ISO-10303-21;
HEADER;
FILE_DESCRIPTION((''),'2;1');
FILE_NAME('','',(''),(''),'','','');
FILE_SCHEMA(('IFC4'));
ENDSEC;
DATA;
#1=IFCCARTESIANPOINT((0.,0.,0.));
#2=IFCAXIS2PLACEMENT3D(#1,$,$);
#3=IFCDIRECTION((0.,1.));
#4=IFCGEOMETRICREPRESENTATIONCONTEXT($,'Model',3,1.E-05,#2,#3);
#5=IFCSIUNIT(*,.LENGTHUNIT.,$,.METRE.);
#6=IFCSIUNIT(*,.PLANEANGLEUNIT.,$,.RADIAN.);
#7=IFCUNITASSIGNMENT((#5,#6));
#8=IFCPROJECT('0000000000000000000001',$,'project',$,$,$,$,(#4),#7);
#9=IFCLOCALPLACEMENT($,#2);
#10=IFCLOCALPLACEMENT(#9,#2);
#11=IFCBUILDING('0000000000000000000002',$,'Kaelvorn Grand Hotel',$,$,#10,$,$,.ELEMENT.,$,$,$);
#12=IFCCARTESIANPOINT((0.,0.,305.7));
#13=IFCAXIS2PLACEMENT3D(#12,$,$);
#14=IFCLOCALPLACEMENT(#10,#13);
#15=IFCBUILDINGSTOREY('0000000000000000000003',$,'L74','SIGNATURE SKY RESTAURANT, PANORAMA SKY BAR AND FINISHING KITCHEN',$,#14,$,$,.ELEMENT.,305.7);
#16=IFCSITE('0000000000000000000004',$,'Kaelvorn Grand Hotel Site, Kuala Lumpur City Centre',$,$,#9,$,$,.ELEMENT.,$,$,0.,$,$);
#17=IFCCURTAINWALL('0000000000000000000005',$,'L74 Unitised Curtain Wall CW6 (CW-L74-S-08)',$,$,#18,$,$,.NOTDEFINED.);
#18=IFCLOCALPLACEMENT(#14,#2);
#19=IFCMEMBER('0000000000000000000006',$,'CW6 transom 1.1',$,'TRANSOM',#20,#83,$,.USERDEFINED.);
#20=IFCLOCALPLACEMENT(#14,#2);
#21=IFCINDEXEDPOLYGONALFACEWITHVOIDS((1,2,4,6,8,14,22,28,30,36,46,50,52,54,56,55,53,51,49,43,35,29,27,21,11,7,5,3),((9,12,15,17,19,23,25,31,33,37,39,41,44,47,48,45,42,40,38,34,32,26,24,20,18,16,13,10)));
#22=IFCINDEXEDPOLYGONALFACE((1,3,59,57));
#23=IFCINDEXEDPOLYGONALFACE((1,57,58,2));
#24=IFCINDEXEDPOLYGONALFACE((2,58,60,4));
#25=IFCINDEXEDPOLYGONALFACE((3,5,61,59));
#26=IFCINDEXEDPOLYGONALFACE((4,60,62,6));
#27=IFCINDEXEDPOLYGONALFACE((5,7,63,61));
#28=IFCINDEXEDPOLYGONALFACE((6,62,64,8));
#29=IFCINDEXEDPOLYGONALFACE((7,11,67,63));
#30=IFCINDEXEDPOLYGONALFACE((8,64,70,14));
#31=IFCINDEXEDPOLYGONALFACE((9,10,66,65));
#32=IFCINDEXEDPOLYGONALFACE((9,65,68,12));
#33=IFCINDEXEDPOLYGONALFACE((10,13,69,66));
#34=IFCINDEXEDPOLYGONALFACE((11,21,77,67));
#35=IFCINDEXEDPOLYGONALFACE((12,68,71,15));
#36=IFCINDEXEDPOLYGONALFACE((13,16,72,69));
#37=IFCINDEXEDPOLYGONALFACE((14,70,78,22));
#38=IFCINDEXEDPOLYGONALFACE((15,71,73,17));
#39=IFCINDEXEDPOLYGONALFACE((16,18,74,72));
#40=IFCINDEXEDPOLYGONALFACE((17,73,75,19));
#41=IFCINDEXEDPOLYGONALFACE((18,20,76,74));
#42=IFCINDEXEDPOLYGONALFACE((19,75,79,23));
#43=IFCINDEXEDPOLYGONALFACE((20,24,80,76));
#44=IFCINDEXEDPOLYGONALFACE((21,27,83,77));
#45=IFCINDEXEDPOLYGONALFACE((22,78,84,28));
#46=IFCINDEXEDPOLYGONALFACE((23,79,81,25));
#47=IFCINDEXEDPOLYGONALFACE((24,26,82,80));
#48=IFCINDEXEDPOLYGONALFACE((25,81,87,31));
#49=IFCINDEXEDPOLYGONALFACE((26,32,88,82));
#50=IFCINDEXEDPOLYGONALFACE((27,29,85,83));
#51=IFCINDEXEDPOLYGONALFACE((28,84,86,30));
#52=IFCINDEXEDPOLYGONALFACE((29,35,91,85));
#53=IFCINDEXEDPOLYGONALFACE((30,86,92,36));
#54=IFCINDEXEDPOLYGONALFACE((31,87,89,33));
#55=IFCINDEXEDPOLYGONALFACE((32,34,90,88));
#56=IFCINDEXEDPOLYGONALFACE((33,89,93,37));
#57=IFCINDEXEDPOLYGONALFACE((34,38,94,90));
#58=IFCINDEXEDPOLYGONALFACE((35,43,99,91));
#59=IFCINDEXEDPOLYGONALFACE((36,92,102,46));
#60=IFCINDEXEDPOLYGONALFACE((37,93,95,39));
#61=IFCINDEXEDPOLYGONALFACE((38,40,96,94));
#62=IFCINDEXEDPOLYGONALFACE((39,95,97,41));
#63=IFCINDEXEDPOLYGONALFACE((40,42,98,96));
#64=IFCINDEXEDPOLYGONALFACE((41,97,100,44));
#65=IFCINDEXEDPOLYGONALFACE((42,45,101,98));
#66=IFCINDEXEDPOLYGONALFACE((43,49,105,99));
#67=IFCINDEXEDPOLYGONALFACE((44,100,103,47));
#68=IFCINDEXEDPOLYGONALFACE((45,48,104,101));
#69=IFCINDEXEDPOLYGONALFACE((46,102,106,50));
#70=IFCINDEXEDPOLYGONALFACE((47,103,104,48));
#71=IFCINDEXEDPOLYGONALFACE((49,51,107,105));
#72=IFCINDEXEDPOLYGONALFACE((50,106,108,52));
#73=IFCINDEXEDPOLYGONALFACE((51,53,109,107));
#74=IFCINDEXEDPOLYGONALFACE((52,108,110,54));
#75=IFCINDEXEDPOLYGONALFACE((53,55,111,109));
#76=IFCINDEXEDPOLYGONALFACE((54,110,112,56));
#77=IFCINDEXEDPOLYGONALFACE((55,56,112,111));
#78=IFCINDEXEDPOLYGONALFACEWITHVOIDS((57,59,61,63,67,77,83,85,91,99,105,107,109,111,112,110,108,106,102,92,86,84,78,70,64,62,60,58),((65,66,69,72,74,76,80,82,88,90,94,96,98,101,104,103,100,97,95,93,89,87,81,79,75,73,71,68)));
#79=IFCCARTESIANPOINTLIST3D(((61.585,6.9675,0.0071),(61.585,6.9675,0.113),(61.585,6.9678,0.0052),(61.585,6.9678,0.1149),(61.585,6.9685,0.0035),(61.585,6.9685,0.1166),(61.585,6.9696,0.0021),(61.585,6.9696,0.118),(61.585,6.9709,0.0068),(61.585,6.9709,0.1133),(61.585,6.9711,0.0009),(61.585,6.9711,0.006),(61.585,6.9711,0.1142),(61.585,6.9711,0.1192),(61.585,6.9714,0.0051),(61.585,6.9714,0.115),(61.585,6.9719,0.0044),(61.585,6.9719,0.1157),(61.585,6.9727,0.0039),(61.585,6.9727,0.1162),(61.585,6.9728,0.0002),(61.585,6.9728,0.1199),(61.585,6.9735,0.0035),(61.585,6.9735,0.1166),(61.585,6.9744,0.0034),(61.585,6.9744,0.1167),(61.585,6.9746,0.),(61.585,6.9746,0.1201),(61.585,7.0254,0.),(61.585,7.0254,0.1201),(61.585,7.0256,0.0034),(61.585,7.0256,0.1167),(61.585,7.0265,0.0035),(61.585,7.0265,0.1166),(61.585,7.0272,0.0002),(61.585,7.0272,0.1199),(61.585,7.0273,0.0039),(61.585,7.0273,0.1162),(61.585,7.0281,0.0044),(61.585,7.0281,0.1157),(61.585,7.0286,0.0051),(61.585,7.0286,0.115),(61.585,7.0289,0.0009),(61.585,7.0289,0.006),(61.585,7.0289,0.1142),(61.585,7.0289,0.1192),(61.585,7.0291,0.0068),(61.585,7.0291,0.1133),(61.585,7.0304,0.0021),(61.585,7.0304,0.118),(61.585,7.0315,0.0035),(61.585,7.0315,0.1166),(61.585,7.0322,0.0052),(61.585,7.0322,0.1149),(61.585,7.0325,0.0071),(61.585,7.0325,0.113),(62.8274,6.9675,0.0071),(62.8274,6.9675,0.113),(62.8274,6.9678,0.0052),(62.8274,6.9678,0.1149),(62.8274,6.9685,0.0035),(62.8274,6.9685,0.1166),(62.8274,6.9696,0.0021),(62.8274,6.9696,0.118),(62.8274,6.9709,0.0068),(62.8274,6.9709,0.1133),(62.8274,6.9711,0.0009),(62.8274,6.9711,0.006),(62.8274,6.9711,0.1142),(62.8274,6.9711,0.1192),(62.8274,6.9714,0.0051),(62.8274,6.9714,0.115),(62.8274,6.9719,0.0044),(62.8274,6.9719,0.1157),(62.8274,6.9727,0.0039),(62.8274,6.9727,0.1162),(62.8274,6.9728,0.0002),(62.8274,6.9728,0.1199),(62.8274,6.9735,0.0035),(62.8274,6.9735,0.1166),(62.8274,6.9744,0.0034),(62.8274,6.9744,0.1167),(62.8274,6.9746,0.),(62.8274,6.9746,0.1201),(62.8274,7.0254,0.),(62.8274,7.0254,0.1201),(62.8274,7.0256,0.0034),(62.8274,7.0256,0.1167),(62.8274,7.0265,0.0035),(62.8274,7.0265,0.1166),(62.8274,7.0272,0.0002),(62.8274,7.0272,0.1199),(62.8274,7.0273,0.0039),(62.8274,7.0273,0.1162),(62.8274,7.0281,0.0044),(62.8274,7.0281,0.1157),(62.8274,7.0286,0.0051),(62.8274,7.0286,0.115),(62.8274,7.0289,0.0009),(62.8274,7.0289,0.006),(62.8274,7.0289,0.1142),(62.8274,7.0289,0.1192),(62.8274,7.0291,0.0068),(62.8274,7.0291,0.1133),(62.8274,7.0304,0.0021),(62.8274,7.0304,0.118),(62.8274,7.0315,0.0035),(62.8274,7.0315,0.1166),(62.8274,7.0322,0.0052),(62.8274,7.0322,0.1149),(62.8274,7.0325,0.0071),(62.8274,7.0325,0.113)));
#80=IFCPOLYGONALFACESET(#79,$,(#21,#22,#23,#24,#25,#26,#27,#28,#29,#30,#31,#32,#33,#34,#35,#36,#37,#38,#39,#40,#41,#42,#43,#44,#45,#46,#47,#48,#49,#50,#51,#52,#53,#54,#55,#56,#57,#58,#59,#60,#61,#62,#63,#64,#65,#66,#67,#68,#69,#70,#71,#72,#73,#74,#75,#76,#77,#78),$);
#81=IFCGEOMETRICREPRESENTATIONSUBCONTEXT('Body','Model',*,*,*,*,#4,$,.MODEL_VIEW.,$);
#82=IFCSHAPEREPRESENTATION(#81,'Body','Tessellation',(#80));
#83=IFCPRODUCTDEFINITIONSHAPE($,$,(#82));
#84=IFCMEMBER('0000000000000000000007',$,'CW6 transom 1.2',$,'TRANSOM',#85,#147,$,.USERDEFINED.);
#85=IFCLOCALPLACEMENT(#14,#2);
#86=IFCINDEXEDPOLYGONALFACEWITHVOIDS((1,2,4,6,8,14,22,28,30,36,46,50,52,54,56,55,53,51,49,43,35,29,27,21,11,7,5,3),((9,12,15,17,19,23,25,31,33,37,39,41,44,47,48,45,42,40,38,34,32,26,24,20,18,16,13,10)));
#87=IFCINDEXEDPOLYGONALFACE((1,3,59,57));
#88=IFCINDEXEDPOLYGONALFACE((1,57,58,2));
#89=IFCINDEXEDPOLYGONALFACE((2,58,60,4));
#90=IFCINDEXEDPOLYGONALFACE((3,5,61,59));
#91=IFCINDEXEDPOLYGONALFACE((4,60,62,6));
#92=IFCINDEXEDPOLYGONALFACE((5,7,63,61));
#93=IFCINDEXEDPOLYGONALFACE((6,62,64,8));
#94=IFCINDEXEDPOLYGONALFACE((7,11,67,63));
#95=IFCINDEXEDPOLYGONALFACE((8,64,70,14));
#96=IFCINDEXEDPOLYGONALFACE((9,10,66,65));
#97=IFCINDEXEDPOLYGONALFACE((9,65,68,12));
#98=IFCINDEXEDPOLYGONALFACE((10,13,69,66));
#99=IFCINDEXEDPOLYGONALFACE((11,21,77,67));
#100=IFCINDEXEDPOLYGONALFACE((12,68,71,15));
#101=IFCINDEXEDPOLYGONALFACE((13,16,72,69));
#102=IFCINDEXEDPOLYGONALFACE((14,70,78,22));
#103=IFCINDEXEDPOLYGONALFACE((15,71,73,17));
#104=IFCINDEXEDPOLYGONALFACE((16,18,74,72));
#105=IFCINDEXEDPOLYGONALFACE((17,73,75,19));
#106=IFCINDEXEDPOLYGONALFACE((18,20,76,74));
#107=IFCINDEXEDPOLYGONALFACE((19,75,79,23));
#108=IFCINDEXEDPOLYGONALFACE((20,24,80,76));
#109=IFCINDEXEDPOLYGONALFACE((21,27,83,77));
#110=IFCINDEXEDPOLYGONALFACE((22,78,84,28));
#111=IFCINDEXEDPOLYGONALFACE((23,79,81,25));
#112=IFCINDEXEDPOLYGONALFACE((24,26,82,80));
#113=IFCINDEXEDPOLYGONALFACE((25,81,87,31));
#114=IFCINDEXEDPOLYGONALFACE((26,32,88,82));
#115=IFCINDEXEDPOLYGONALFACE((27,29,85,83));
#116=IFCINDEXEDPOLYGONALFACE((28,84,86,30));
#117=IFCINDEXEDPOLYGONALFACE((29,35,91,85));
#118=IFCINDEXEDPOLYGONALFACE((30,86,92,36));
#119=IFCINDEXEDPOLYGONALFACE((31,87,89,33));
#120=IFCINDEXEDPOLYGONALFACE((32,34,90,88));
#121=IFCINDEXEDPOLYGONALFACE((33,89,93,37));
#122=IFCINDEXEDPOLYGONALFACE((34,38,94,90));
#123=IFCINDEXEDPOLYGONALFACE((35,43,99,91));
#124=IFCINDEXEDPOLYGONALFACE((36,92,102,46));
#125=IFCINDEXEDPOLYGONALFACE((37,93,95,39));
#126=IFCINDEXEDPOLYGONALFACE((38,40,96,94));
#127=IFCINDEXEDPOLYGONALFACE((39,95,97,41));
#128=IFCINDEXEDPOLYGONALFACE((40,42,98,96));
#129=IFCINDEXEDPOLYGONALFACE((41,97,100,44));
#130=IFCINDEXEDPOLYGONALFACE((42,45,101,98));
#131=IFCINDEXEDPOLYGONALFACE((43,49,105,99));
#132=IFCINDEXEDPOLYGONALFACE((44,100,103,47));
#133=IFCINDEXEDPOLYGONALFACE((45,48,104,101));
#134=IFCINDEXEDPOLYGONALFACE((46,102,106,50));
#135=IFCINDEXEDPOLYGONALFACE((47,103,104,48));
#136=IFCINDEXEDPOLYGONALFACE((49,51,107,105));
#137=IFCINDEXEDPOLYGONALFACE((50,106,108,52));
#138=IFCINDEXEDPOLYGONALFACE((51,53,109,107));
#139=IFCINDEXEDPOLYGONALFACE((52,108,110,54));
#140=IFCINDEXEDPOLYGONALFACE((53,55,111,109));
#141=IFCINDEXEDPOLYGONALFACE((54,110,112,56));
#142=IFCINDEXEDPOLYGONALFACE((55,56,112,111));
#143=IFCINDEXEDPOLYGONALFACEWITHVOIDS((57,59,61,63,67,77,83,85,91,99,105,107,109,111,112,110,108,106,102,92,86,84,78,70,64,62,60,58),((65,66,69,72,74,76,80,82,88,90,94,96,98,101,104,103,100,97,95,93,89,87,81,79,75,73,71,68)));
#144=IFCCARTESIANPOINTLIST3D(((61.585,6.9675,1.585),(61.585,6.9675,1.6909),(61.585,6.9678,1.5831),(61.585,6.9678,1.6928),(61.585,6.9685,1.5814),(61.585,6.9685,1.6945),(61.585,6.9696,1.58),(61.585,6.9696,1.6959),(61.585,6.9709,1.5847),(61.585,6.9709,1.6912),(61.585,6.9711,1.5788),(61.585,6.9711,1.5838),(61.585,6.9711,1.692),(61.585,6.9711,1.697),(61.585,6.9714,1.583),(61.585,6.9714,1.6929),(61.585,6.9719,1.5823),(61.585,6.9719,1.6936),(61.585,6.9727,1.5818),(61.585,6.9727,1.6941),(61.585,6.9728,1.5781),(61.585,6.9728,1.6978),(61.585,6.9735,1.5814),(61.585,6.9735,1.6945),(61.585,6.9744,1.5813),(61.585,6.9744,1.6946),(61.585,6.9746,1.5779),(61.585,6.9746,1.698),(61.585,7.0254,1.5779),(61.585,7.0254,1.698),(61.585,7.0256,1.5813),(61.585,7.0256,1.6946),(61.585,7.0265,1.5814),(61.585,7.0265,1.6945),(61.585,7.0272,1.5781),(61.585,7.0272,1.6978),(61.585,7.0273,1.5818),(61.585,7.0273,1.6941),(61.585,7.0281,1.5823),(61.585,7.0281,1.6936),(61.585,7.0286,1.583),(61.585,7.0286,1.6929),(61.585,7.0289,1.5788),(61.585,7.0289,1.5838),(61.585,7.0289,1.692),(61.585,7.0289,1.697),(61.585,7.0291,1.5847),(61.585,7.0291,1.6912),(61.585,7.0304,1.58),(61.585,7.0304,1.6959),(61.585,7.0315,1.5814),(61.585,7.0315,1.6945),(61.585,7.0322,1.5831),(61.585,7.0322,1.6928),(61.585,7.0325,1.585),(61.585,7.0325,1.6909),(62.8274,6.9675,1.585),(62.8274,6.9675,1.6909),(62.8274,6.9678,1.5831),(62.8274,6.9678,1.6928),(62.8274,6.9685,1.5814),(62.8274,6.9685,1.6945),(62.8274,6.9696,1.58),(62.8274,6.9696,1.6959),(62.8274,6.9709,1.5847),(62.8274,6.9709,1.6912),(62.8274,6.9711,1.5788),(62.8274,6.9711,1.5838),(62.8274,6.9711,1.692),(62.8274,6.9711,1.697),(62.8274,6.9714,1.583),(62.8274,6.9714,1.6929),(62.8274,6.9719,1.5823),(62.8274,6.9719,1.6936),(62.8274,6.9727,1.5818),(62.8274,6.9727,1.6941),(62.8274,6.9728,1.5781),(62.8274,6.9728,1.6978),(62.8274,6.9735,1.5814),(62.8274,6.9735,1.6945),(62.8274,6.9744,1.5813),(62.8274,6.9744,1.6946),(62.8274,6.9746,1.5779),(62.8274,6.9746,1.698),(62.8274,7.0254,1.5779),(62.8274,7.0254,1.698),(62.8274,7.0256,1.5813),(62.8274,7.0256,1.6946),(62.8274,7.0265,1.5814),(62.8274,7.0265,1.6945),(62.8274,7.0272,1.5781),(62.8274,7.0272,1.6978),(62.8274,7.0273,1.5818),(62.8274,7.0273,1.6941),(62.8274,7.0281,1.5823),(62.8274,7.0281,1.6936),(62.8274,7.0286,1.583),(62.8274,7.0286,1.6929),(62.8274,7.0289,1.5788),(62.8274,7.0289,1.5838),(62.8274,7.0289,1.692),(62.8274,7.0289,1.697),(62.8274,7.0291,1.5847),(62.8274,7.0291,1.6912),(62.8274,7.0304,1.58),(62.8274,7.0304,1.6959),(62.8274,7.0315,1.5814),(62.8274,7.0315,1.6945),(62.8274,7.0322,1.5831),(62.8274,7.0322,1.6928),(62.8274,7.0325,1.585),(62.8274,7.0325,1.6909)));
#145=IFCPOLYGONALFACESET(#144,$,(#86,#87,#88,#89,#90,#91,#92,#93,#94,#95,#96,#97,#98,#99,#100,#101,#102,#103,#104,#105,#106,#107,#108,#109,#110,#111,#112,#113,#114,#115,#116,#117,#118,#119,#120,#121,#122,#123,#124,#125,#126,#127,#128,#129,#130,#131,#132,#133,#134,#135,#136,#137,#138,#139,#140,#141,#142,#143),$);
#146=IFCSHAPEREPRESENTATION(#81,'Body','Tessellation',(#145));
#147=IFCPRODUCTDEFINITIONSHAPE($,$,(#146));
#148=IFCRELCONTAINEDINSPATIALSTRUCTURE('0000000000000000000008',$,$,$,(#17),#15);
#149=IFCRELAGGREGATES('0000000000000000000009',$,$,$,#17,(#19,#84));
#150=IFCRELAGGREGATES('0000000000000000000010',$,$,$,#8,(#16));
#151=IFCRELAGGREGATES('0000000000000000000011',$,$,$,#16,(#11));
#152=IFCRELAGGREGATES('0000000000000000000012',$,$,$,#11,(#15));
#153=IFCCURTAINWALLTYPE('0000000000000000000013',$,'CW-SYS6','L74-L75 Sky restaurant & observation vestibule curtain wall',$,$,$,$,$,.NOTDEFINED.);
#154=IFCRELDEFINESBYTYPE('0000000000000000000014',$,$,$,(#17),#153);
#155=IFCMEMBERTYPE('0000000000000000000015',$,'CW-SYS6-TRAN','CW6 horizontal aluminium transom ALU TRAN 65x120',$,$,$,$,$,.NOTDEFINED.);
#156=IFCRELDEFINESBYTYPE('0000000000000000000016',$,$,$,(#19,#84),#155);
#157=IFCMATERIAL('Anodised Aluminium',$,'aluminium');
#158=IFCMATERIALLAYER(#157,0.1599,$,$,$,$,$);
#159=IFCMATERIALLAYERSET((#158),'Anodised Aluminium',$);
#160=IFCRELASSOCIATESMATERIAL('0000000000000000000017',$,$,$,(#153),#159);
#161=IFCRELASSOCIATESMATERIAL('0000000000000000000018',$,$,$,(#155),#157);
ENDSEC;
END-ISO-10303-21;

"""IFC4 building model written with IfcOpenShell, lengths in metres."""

from ifc_helpers import new_model, si_unit, direction, frame, origin, origin_2d, place, context, subcontext, project, spatial, hollow_rectangle, extrude, material, layer, layer_set, material_profile, profile_set, type_object, element, aggregate, save


model = new_model("IFC4")

# Units and contexts
model_context = context("Model", 3, precision=1e-05, world=origin(), true_north=direction((0.0, 1.0)))
body_context = subcontext(model_context, "Body", "Model", "MODEL_VIEW")
ifc_project = project(units=[si_unit("LENGTHUNIT", "METRE"), si_unit("PLANEANGLEUNIT", "RADIAN")], contexts=[model_context])

# Site, building, storey
site_placement = place(None, origin())
site = spatial("IfcSite", under=ifc_project, at=site_placement, Name="Kaelvorn Grand Hotel Site, Kuala Lumpur City Centre", CompositionType="ELEMENT", RefElevation=0.0)
building_placement = place(site_placement, origin())
building = spatial("IfcBuilding", under=site, at=building_placement, Name="Kaelvorn Grand Hotel", CompositionType="ELEMENT")
storey_placement = place(building_placement, frame((0.0, 0.0, 305.7)))
storey = spatial("IfcBuildingStorey", under=building, at=storey_placement, Name="L74", Description="SIGNATURE SKY RESTAURANT, PANORAMA SKY BAR AND FINISHING KITCHEN", CompositionType="ELEMENT", Elevation=305.7)

# Shared definitions
ifc_material_1 = material(Name="Anodised Aluminium", Category="aluminium")
ifc_layer_1 = layer(ifc_material_1, 0.1599)
ifc_layer_set_1 = layer_set([ifc_layer_1], Name="Anodised Aluminium")
curtain_wall_type = type_object("IfcCurtainWallType", Name="CW-SYS6", Description="L74-L75 Sky restaurant & observation vestibule curtain wall", PredefinedType="NOTDEFINED", material=ifc_layer_set_1)

# Curtain wall
curtain_wall_1_placement = place(storey_placement, origin())
curtain_wall_1 = element("IfcCurtainWall", 1, at=curtain_wall_1_placement, inside=storey, type_object=curtain_wall_type, Name="L74 Unitised Curtain Wall CW6 (CW-L74-S-08)", PredefinedType="NOTDEFINED")

# Members
ifc_material_profile_1 = material_profile(ifc_material_1, hollow_rectangle(XDim=0.0649, YDim=0.1201, WallThickness=0.0034, InnerFilletRadius=0.0034, OuterFilletRadius=0.0071, at=origin_2d()), Name="ALU TRAN 65x120")
ifc_profile_set_1 = profile_set([ifc_material_profile_1], Name="Anodised Aluminium")
member_type_1 = type_object("IfcMemberType", Name="CW-SYS6-TRAN", Description="CW6 horizontal aluminium transom ALU TRAN 65x120", PredefinedType="NOTDEFINED", material=ifc_profile_set_1)
member_1_placement = place(storey_placement, frame((61.585, 7.0, 0.0601), z_axis=(1.0, 0.0, 0.0), x_axis=(0.0, 1.0, 0.0)))
member_1 = element("IfcMember", 2, at=member_1_placement, type_object=member_type_1, Name="CW6 transom 1.1", ObjectType="TRANSOM", PredefinedType="USERDEFINED", context=body_context, shape_type="SweptSolid", body=[
    extrude(hollow_rectangle(XDim=0.0649, YDim=0.1201, WallThickness=0.0034, InnerFilletRadius=0.0034, OuterFilletRadius=0.0071, at=origin_2d()), origin(), (0.0, 0.0, 1.0), 1.2424),
])
member_2_placement = place(storey_placement, frame((61.585, 7.0, 1.6379), z_axis=(1.0, 0.0, 0.0), x_axis=(0.0, 1.0, 0.0)))
member_2 = element("IfcMember", 3, at=member_2_placement, type_object=member_type_1, Name="CW6 transom 1.2", ObjectType="TRANSOM", PredefinedType="USERDEFINED", context=body_context, shape_type="SweptSolid", body=[
    extrude(hollow_rectangle(XDim=0.0649, YDim=0.1201, WallThickness=0.0034, InnerFilletRadius=0.0034, OuterFilletRadius=0.0071, at=origin_2d()), origin(), (0.0, 0.0, 1.0), 1.2424),
])
aggregate(curtain_wall_1, [member_1, member_2])

save(model, "model.ifc")
